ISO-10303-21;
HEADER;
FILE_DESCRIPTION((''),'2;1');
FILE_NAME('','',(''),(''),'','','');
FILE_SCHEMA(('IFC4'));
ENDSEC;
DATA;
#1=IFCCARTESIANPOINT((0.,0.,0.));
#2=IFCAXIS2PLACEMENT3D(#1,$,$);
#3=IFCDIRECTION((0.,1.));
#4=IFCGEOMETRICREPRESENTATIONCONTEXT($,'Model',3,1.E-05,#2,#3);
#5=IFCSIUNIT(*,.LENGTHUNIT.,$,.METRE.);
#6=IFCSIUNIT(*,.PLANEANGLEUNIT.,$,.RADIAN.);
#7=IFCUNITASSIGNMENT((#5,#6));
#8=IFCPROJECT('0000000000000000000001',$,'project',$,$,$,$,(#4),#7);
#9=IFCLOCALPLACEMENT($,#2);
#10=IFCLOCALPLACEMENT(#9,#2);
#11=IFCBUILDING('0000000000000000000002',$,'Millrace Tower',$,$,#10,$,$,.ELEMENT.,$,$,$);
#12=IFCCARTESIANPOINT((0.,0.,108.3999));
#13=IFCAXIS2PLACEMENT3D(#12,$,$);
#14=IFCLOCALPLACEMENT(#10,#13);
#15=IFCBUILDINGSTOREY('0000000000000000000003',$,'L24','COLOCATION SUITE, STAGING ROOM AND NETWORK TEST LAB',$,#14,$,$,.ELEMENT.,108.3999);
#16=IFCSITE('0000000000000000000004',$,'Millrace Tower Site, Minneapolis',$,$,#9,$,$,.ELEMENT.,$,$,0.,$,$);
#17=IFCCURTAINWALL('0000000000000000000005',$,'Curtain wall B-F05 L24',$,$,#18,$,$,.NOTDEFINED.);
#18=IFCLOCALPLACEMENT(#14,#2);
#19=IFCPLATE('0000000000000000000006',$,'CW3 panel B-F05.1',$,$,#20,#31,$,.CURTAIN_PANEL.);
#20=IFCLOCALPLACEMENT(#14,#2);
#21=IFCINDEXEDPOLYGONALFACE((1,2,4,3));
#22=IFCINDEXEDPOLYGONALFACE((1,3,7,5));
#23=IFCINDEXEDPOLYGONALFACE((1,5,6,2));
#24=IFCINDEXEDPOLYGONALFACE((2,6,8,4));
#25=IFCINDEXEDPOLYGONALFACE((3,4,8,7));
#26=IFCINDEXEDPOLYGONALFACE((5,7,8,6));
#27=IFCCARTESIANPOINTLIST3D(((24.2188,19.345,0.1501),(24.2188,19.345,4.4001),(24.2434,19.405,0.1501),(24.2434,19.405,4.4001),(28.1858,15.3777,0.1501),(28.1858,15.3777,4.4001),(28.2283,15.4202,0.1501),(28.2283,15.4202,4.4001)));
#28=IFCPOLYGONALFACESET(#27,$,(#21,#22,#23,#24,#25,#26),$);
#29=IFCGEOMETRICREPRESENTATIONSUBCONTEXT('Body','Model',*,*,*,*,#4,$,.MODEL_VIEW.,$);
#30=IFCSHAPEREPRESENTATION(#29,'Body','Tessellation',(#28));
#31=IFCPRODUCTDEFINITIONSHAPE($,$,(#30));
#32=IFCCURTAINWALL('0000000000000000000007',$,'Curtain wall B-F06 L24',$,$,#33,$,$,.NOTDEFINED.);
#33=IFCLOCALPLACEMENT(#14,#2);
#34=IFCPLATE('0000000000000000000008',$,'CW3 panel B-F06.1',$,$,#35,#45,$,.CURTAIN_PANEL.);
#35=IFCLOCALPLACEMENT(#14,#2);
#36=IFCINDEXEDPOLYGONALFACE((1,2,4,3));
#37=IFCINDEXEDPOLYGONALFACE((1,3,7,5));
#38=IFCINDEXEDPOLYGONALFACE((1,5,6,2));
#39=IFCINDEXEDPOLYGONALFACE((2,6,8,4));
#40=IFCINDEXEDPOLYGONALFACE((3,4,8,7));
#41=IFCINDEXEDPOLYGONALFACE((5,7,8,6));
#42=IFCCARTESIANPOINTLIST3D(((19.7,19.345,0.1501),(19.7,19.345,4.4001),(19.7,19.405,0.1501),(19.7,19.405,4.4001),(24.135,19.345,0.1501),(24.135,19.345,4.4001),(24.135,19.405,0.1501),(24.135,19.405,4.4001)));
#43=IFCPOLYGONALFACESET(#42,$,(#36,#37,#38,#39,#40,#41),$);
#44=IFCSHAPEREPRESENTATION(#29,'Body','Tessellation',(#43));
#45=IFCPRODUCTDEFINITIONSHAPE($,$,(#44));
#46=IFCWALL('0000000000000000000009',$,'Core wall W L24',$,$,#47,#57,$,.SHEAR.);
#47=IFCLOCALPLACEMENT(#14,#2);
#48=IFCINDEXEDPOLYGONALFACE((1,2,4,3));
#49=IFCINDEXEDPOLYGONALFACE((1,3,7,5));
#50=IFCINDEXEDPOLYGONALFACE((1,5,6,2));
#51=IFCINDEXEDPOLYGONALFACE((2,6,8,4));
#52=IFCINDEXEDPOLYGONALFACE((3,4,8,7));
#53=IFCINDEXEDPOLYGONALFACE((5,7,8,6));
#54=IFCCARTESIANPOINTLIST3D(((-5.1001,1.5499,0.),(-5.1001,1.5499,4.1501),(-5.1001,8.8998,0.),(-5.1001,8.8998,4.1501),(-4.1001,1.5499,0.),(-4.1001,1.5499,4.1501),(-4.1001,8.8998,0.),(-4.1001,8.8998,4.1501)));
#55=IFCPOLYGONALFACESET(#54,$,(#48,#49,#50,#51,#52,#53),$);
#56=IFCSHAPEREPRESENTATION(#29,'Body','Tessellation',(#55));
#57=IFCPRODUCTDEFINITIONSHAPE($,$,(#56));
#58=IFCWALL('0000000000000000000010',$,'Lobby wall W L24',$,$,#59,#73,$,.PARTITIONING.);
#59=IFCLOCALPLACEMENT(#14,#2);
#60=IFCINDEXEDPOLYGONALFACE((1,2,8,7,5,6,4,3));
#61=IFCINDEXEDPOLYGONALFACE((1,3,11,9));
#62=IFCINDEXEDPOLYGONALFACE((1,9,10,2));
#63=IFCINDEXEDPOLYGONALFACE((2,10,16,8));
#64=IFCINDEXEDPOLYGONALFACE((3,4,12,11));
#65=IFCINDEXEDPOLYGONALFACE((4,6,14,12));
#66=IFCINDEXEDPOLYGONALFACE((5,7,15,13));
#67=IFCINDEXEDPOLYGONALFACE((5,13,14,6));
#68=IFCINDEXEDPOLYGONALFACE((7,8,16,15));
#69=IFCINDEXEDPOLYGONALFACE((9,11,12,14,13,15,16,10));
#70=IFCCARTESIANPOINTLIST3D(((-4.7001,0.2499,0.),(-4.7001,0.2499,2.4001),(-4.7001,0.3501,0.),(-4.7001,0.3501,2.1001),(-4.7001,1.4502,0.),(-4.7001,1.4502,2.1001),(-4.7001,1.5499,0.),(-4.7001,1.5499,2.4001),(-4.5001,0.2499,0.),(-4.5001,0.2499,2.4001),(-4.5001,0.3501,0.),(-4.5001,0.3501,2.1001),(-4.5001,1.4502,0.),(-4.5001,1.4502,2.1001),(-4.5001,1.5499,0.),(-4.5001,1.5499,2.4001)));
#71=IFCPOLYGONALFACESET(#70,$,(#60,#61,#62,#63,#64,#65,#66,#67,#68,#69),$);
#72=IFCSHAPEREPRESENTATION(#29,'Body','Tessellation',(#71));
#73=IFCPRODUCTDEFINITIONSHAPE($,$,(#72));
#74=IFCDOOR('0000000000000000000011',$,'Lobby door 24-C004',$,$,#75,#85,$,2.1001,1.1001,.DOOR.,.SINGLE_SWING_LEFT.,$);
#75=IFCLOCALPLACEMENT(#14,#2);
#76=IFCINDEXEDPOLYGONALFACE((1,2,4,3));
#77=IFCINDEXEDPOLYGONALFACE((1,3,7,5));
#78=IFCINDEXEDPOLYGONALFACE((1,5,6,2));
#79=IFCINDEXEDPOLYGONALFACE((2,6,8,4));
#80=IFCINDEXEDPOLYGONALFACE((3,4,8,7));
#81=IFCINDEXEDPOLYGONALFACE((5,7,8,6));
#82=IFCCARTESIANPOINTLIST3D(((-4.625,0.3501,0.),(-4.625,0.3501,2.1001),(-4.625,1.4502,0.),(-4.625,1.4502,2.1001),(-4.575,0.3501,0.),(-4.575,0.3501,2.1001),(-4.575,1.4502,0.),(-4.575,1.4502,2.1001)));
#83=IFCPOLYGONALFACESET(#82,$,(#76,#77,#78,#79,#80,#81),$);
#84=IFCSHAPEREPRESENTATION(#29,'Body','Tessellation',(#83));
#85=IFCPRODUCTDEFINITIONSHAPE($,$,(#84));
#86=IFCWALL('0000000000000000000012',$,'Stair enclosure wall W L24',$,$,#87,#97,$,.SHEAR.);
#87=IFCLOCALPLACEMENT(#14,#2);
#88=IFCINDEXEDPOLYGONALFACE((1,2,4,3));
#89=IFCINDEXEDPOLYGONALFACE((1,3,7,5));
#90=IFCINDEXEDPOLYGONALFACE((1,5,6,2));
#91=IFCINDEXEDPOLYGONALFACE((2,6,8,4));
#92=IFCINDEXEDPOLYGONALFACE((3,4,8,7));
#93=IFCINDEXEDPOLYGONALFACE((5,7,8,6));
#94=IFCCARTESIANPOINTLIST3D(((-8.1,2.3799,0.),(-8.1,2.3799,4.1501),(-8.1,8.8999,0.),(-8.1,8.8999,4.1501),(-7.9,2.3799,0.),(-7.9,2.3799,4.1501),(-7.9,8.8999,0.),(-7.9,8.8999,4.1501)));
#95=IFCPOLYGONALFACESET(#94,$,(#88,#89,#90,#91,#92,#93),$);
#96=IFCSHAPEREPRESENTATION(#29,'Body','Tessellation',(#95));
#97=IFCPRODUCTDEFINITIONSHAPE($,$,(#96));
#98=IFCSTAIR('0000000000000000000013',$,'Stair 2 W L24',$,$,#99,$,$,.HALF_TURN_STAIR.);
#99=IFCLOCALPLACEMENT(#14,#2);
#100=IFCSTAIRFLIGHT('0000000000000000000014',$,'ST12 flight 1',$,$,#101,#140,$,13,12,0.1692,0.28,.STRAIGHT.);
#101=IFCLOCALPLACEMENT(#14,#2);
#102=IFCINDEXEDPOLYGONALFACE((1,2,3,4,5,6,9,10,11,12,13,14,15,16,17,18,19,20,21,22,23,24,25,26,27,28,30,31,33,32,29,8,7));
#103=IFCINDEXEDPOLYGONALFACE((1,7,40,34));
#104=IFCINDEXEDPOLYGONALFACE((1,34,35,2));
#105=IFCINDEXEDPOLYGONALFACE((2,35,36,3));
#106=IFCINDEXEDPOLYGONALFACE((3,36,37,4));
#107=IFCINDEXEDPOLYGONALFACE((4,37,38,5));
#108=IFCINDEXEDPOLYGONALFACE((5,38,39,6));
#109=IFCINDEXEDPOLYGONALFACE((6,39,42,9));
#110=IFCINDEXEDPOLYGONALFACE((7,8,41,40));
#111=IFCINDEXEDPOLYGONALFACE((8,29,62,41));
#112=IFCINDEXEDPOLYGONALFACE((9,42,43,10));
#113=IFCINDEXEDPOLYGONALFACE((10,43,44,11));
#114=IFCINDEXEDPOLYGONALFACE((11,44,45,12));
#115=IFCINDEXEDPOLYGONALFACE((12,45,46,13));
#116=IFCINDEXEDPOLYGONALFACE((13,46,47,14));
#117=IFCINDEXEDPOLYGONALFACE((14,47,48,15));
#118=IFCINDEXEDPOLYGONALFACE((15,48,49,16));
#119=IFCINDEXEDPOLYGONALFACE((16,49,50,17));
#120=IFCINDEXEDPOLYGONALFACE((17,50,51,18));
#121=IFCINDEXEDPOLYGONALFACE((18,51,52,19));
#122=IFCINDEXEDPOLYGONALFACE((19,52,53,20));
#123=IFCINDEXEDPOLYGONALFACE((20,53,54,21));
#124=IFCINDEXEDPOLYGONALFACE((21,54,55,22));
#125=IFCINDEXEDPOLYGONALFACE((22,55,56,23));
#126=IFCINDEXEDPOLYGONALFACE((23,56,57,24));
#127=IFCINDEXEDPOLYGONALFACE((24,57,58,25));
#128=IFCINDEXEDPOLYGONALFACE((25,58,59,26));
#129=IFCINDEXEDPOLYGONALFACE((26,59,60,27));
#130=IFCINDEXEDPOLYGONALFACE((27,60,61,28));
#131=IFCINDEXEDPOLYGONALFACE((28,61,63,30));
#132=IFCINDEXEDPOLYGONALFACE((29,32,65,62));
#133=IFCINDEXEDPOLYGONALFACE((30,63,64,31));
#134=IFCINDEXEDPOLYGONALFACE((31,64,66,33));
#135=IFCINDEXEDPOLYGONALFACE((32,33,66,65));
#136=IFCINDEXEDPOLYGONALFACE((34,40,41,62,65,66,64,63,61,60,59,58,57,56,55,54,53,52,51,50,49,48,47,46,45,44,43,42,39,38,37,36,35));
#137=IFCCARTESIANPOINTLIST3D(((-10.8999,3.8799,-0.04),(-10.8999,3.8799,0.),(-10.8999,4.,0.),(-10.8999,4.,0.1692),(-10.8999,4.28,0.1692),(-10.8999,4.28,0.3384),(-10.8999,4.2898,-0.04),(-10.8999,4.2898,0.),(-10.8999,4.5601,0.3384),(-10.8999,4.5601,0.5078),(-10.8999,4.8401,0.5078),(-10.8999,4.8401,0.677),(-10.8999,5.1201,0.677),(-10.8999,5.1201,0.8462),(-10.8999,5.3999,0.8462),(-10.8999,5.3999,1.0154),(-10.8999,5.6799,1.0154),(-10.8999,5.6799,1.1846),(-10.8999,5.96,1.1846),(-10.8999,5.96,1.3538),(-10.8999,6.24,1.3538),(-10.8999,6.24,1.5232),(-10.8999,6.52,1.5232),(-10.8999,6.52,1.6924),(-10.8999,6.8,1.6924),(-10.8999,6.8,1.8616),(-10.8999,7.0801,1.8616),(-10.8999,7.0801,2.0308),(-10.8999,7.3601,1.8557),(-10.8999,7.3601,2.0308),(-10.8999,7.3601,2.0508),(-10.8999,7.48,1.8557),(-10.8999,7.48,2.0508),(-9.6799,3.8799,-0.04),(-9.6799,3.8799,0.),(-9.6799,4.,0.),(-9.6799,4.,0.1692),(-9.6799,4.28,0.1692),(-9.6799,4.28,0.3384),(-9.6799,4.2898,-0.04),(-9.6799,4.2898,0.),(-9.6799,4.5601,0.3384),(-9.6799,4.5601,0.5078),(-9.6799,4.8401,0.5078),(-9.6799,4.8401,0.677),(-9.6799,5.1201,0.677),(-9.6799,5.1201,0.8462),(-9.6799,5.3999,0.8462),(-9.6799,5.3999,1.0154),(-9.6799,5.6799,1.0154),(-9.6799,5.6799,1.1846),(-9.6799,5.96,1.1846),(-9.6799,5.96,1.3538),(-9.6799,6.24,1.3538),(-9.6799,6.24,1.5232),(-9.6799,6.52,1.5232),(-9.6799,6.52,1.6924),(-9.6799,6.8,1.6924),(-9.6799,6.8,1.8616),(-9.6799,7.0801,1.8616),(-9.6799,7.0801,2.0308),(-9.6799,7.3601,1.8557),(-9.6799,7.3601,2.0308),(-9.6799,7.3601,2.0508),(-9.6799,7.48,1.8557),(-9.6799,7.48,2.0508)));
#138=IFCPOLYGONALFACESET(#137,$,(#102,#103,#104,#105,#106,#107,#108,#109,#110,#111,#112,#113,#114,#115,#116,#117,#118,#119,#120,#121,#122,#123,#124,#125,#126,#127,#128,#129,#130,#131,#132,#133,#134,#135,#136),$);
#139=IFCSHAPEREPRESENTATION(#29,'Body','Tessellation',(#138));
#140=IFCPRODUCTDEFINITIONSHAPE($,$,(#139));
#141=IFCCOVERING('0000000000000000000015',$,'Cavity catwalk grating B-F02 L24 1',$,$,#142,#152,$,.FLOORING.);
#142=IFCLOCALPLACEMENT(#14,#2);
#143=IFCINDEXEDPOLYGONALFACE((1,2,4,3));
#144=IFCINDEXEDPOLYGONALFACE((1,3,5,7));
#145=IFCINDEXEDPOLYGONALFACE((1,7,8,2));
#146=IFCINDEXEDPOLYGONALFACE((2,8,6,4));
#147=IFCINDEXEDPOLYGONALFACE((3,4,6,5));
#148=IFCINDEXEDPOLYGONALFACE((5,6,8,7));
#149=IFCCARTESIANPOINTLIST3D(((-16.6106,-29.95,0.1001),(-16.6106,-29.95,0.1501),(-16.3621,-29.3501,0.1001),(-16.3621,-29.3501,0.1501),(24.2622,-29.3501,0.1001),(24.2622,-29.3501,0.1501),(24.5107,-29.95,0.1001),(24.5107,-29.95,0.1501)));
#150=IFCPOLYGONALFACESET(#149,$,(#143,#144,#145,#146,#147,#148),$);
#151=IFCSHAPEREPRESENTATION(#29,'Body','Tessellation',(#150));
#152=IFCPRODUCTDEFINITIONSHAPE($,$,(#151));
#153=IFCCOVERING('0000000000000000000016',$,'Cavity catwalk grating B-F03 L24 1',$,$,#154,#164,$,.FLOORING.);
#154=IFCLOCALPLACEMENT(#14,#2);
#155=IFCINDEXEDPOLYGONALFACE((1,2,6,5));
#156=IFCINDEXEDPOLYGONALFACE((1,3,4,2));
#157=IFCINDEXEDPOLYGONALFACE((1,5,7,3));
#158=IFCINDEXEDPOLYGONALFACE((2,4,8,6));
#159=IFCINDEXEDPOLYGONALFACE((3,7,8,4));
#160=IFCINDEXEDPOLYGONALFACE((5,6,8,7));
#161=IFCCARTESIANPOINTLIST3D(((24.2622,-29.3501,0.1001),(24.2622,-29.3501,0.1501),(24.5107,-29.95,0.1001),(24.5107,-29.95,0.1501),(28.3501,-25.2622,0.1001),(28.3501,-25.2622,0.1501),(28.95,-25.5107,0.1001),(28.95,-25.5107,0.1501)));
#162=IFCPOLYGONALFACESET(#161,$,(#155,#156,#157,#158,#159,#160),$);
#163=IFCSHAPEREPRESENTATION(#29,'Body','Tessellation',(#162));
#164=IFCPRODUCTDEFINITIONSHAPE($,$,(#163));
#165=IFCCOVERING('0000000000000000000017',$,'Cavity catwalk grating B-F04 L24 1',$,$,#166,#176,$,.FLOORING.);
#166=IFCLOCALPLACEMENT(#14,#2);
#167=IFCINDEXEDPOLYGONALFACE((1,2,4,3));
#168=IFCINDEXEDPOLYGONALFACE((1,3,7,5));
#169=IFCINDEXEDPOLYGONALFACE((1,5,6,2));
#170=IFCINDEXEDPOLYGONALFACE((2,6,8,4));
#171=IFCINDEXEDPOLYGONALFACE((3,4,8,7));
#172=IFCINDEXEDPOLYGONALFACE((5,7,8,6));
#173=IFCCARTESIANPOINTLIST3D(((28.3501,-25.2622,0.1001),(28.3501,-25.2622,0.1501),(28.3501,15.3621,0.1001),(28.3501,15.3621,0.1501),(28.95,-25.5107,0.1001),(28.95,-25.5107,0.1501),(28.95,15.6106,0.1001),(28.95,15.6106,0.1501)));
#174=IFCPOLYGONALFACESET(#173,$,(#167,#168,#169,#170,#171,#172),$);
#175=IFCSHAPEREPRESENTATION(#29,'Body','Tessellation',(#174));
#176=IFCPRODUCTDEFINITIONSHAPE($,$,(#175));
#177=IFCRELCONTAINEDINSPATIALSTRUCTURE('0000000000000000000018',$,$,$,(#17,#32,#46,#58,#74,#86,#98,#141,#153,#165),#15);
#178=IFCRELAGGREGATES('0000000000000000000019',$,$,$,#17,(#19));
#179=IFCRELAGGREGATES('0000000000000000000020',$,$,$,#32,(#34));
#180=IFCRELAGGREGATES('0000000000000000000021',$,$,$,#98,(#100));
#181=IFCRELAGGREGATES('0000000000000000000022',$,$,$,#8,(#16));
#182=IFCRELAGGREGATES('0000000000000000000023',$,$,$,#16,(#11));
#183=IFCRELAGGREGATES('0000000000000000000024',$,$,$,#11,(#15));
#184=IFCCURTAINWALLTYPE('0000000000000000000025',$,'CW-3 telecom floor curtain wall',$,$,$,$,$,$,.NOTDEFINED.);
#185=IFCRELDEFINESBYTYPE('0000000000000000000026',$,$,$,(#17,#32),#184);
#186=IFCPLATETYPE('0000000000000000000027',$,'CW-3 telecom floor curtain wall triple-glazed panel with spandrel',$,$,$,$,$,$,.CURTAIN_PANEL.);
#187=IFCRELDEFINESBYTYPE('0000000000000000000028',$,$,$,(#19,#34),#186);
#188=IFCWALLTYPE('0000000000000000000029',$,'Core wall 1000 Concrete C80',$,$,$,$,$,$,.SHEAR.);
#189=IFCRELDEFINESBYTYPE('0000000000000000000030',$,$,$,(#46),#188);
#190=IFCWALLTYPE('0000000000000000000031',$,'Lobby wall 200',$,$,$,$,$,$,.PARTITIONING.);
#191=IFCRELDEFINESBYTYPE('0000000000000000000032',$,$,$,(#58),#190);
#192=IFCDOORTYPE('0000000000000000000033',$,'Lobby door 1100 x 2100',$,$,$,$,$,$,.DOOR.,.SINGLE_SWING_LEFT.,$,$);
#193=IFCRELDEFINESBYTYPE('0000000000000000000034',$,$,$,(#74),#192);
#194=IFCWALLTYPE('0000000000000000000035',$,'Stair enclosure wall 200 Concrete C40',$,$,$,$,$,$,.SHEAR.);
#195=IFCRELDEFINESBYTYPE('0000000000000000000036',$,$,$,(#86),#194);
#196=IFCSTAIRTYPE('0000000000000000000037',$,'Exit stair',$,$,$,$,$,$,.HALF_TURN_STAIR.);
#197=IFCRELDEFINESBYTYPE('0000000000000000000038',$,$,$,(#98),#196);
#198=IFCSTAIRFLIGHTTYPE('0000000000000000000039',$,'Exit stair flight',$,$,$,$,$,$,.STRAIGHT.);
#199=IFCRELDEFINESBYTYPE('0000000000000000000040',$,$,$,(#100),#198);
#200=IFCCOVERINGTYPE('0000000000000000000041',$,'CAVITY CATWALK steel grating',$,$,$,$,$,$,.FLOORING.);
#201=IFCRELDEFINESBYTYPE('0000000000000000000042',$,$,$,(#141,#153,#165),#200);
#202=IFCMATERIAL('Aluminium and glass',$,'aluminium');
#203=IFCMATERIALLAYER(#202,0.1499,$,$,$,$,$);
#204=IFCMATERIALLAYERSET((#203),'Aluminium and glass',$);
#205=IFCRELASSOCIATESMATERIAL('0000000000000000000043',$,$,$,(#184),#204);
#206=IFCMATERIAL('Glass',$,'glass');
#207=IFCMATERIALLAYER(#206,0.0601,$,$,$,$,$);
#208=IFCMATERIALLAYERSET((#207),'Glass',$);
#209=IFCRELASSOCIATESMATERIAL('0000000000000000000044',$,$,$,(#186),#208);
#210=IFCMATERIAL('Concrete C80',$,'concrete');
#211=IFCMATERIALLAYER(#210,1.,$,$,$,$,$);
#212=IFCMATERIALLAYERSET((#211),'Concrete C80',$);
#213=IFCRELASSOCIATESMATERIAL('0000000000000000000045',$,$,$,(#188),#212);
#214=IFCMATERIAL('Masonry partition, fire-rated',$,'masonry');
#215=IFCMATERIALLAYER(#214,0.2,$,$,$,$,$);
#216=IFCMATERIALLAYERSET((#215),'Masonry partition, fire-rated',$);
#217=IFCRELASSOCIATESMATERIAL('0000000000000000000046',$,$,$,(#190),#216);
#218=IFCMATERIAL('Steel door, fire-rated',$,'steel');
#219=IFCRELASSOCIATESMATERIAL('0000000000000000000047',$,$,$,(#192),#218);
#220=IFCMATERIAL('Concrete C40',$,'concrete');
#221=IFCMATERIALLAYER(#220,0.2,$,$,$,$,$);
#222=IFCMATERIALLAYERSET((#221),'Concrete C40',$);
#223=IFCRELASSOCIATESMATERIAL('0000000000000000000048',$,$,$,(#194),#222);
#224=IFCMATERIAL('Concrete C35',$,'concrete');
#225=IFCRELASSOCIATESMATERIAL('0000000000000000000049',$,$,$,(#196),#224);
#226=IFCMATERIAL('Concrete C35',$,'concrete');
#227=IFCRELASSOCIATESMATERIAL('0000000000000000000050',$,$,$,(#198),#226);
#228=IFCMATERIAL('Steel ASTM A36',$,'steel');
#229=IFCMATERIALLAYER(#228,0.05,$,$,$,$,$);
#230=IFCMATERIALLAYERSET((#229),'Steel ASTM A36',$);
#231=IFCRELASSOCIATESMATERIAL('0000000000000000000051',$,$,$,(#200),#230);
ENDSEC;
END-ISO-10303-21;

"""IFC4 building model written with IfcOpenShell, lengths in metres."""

from ifc_helpers import new_model, si_unit, direction, frame, frame_2d, origin, place, context, subcontext, project, spatial, polyline, rectangle, outline, extrude, material, layer, layer_set, type_object, element, fill, aggregate, save


model = new_model("IFC4")

# Units and contexts
model_context = context("Model", 3, precision=1e-05, world=origin(), true_north=direction((0.0, 1.0)))
body_context = subcontext(model_context, "Body", "Model", "MODEL_VIEW")
ifc_project = project(units=[si_unit("LENGTHUNIT", "METRE"), si_unit("PLANEANGLEUNIT", "RADIAN")], contexts=[model_context])

# Site, building, storey
site_placement = place(None, origin())
site = spatial("IfcSite", under=ifc_project, at=site_placement, Name="Millrace Tower Site, Minneapolis", CompositionType="ELEMENT", RefElevation=0.0)
building_placement = place(site_placement, origin())
building = spatial("IfcBuilding", under=site, at=building_placement, Name="Millrace Tower", CompositionType="ELEMENT")
storey_placement = place(building_placement, frame((0.0, 0.0, 108.3999)))
storey = spatial("IfcBuildingStorey", under=building, at=storey_placement, Name="L24", Description="COLOCATION SUITE, STAGING ROOM AND NETWORK TEST LAB", CompositionType="ELEMENT", Elevation=108.3999)

# Shared definitions
ifc_material_1 = material(Name="Aluminium and glass", Category="aluminium")
ifc_layer_1 = layer(ifc_material_1, 0.1499)
ifc_layer_set_1 = layer_set([ifc_layer_1], Name="Aluminium and glass")
curtain_wall_type = type_object("IfcCurtainWallType", Name="CW-3 telecom floor curtain wall", PredefinedType="NOTDEFINED", material=ifc_layer_set_1)
placement_1 = place(storey_placement, origin())
ifc_material_2 = material(Name="Glass", Category="glass")
ifc_layer_2 = layer(ifc_material_2, 0.0601)
ifc_layer_set_2 = layer_set([ifc_layer_2], Name="Glass")
plate_type = type_object("IfcPlateType", Name="CW-3 telecom floor curtain wall triple-glazed panel with spandrel", PredefinedType="CURTAIN_PANEL", material=ifc_layer_set_2)
placement_2 = place(storey_placement, frame((0.0, 0.0, 0.1501)))

# Curtain walls, plates
curtain_wall_1 = element("IfcCurtainWall", 1, at=placement_1, inside=storey, type_object=curtain_wall_type, Name="Curtain wall B-F05 L24", PredefinedType="NOTDEFINED")
plate_1 = element("IfcPlate", 2, at=placement_2, type_object=plate_type, Name="CW3 panel B-F05.1", PredefinedType="CURTAIN_PANEL", context=body_context, shape_type="SweptSolid", body=[
    extrude(outline(polyline([(28.2283, 15.4202), (24.2434, 19.405), (24.2188, 19.345), (28.1858, 15.3777), (28.2283, 15.4202)])), origin(), (0.0, 0.0, 1.0), 4.25),
])
aggregate(curtain_wall_1, [plate_1])
curtain_wall_2 = element("IfcCurtainWall", 3, at=placement_1, inside=storey, type_object=curtain_wall_type, Name="Curtain wall B-F06 L24", PredefinedType="NOTDEFINED")
plate_2 = element("IfcPlate", 4, at=placement_2, type_object=plate_type, Name="CW3 panel B-F06.1", PredefinedType="CURTAIN_PANEL", context=body_context, shape_type="SweptSolid", body=[
    extrude(outline(polyline([(24.135, 19.405), (19.7, 19.405), (19.7, 19.345), (24.135, 19.345), (24.135, 19.405)])), origin(), (0.0, 0.0, 1.0), 4.25),
])
aggregate(curtain_wall_2, [plate_2])

# Wall
ifc_material_3 = material(Name="Concrete C80", Category="concrete")
ifc_layer_3 = layer(ifc_material_3, 1.0)
ifc_layer_set_3 = layer_set([ifc_layer_3], Name="Concrete C80")
wall_type_1 = type_object("IfcWallType", Name="Core wall 1000 Concrete C80", PredefinedType="SHEAR", material=ifc_layer_set_3)
wall_1_placement = place(storey_placement, frame((-4.6001, 1.55, 0.0), z_axis=(0.0, 0.0, 1.0), x_axis=(0.0, 1.0, 0.0)))
element("IfcWall", 5, at=wall_1_placement, inside=storey, type_object=wall_type_1, Name="Core wall W L24", PredefinedType="SHEAR", context=body_context, shape_type="SweptSolid", body=[
    extrude(rectangle(XDim=7.3499, YDim=1.0, at=frame_2d((3.6748, 0.0))), origin(), (0.0, 0.0, 1.0), 4.1501),
])

# Wall, opening, door
ifc_material_4 = material(Name="Masonry partition, fire-rated", Category="masonry")
ifc_layer_4 = layer(ifc_material_4, 0.2)
ifc_layer_set_4 = layer_set([ifc_layer_4], Name="Masonry partition, fire-rated")
wall_type_2 = type_object("IfcWallType", Name="Lobby wall 200", PredefinedType="PARTITIONING", material=ifc_layer_set_4)
wall_2_placement = place(storey_placement, frame((-4.6001, 0.25, 0.0), z_axis=(0.0, 0.0, 1.0), x_axis=(0.0, 1.0, 0.0)))
wall_2 = element("IfcWall", 6, at=wall_2_placement, inside=storey, type_object=wall_type_2, Name="Lobby wall W L24", PredefinedType="PARTITIONING", context=body_context, shape_type="SweptSolid", body=[
    extrude(rectangle(XDim=1.3, YDim=0.2, at=frame_2d((0.6499, 0.0))), origin(), (0.0, 0.0, 1.0), 2.4001),
])
opening_placement = place(wall_2_placement, frame((0.1001, 0.0, 0.0)))
opening = element("IfcOpeningElement", 7, at=opening_placement, cuts=wall_2, PredefinedType="OPENING", context=body_context, shape_type="SweptSolid", body=[
    extrude(rectangle(XDim=1.1001, YDim=2.1001, at=frame_2d((0.55, 1.05))), frame((0.0, 0.1099, 0.0), z_axis=(0.0, -1.0, 0.0), x_axis=(1.0, 0.0, 0.0)), (0.0, 0.0, 1.0), 0.22),
])
ifc_material_5 = material(Name="Steel door, fire-rated", Category="steel")
door_type = type_object("IfcDoorType", Name="Lobby door 1100 x 2100", OperationType="SINGLE_SWING_LEFT", PredefinedType="DOOR", material=ifc_material_5)
door_placement = place(opening_placement, origin())
door = element("IfcDoor", 8, at=door_placement, inside=storey, type_object=door_type, Name="Lobby door 24-C004", OperationType="SINGLE_SWING_LEFT", OverallHeight=2.1001, OverallWidth=1.1001, PredefinedType="DOOR", context=body_context, shape_type="SweptSolid", body=[
    extrude(rectangle(XDim=1.1001, YDim=2.1001, at=frame_2d((0.55, 1.05))), frame((0.0, 0.0249, 0.0), z_axis=(0.0, -1.0, 0.0), x_axis=(1.0, 0.0, 0.0)), (0.0, 0.0, 1.0), 0.05),
])
fill(opening, door)

# Wall
ifc_material_6 = material(Name="Concrete C40", Category="concrete")
ifc_layer_5 = layer(ifc_material_6, 0.2)
ifc_layer_set_5 = layer_set([ifc_layer_5], Name="Concrete C40")
wall_type_3 = type_object("IfcWallType", Name="Stair enclosure wall 200 Concrete C40", PredefinedType="SHEAR", material=ifc_layer_set_5)
wall_3_placement = place(storey_placement, frame((-8.0, 2.3799, 0.0), z_axis=(0.0, 0.0, 1.0), x_axis=(0.0, 1.0, 0.0)))
element("IfcWall", 9, at=wall_3_placement, inside=storey, type_object=wall_type_3, Name="Stair enclosure wall W L24", PredefinedType="SHEAR", context=body_context, shape_type="SweptSolid", body=[
    extrude(rectangle(XDim=6.52, YDim=0.2, at=frame_2d((3.26, 0.0))), origin(), (0.0, 0.0, 1.0), 4.1501),
])

# Stair, stair flight
ifc_material_7 = material(Name="Concrete C35", Category="concrete")
stair_type = type_object("IfcStairType", Name="Exit stair", PredefinedType="HALF_TURN_STAIR", material=ifc_material_7)
stair = element("IfcStair", 10, at=placement_1, inside=storey, type_object=stair_type, Name="Stair 2 W L24", PredefinedType="HALF_TURN_STAIR")
ifc_material_8 = material(Name="Concrete C35", Category="concrete")
stair_flight_type = type_object("IfcStairFlightType", Name="Exit stair flight", PredefinedType="STRAIGHT", material=ifc_material_8)
stair_flight_placement = place(storey_placement, frame((-10.29, 4.0, 0.0), z_axis=(0.0, 0.0, 1.0), x_axis=(0.0, 1.0, 0.0)))
stair_flight = element("IfcStairFlight", 11, at=stair_flight_placement, type_object=stair_flight_type, Name="ST12 flight 1", NumberOfRisers=13, NumberOfTreads=12, PredefinedType="STRAIGHT", RiserHeight=0.1692, TreadLength=0.28, context=body_context, shape_type="SweptSolid", body=[
    extrude(outline(polyline([(-0.1201, -0.04), (-0.1201, 0.0), (0.0, 0.0), (0.0, 0.1692), (0.28, 0.1692), (0.28, 0.3384), (0.5601, 0.3384), (0.5601, 0.5078), (0.8401, 0.5078), (0.8401, 0.677), (1.1201, 0.677), (1.1201, 0.8462), (1.3999, 0.8462), (1.3999, 1.0154), (1.6799, 1.0154), (1.6799, 1.1846), (1.96, 1.1846), (1.96, 1.3538), (2.24, 1.3538), (2.24, 1.5232), (2.52, 1.5232), (2.52, 1.6924), (2.8, 1.6924), (2.8, 1.8616), (3.0801, 1.8616), (3.0801, 2.0308), (3.3601, 2.0308), (3.3601, 2.0508), (3.48, 2.0508), (3.48, 1.8557), (3.3601, 1.8557), (0.2898, 0.0), (0.2898, -0.04), (-0.1201, -0.04)])), frame((0.0, 0.6099, 0.0), z_axis=(0.0, -1.0, 0.0), x_axis=(1.0, 0.0, 0.0)), (0.0, 0.0, 1.0), 1.22),
])
aggregate(stair, [stair_flight])

# Coverings
ifc_material_9 = material(Name="Steel ASTM A36", Category="steel")
ifc_layer_6 = layer(ifc_material_9, 0.05)
ifc_layer_set_6 = layer_set([ifc_layer_6], Name="Steel ASTM A36")
covering_type = type_object("IfcCoveringType", Name="CAVITY CATWALK steel grating", PredefinedType="FLOORING", material=ifc_layer_set_6)
placement_3 = place(storey_placement, frame((0.0, 0.0, 0.1001)))
element("IfcCovering", 12, at=placement_3, inside=storey, type_object=covering_type, Name="Cavity catwalk grating B-F02 L24 1", PredefinedType="FLOORING", context=body_context, shape_type="SweptSolid", body=[
    extrude(outline(polyline([(-16.6106, -29.95), (24.5107, -29.95), (24.2622, -29.3501), (-16.3621, -29.3501), (-16.6106, -29.95)])), origin(), (0.0, 0.0, 1.0), 0.05),
])
element("IfcCovering", 13, at=placement_3, inside=storey, type_object=covering_type, Name="Cavity catwalk grating B-F03 L24 1", PredefinedType="FLOORING", context=body_context, shape_type="SweptSolid", body=[
    extrude(outline(polyline([(24.5107, -29.95), (28.95, -25.5107), (28.3501, -25.2622), (24.2622, -29.3501), (24.5107, -29.95)])), origin(), (0.0, 0.0, 1.0), 0.05),
])
element("IfcCovering", 14, at=placement_3, inside=storey, type_object=covering_type, Name="Cavity catwalk grating B-F04 L24 1", PredefinedType="FLOORING", context=body_context, shape_type="SweptSolid", body=[
    extrude(outline(polyline([(28.95, -25.5107), (28.95, 15.6106), (28.3501, 15.3621), (28.3501, -25.2622), (28.95, -25.5107)])), origin(), (0.0, 0.0, 1.0), 0.05),
])

save(model, "model.ifc")
